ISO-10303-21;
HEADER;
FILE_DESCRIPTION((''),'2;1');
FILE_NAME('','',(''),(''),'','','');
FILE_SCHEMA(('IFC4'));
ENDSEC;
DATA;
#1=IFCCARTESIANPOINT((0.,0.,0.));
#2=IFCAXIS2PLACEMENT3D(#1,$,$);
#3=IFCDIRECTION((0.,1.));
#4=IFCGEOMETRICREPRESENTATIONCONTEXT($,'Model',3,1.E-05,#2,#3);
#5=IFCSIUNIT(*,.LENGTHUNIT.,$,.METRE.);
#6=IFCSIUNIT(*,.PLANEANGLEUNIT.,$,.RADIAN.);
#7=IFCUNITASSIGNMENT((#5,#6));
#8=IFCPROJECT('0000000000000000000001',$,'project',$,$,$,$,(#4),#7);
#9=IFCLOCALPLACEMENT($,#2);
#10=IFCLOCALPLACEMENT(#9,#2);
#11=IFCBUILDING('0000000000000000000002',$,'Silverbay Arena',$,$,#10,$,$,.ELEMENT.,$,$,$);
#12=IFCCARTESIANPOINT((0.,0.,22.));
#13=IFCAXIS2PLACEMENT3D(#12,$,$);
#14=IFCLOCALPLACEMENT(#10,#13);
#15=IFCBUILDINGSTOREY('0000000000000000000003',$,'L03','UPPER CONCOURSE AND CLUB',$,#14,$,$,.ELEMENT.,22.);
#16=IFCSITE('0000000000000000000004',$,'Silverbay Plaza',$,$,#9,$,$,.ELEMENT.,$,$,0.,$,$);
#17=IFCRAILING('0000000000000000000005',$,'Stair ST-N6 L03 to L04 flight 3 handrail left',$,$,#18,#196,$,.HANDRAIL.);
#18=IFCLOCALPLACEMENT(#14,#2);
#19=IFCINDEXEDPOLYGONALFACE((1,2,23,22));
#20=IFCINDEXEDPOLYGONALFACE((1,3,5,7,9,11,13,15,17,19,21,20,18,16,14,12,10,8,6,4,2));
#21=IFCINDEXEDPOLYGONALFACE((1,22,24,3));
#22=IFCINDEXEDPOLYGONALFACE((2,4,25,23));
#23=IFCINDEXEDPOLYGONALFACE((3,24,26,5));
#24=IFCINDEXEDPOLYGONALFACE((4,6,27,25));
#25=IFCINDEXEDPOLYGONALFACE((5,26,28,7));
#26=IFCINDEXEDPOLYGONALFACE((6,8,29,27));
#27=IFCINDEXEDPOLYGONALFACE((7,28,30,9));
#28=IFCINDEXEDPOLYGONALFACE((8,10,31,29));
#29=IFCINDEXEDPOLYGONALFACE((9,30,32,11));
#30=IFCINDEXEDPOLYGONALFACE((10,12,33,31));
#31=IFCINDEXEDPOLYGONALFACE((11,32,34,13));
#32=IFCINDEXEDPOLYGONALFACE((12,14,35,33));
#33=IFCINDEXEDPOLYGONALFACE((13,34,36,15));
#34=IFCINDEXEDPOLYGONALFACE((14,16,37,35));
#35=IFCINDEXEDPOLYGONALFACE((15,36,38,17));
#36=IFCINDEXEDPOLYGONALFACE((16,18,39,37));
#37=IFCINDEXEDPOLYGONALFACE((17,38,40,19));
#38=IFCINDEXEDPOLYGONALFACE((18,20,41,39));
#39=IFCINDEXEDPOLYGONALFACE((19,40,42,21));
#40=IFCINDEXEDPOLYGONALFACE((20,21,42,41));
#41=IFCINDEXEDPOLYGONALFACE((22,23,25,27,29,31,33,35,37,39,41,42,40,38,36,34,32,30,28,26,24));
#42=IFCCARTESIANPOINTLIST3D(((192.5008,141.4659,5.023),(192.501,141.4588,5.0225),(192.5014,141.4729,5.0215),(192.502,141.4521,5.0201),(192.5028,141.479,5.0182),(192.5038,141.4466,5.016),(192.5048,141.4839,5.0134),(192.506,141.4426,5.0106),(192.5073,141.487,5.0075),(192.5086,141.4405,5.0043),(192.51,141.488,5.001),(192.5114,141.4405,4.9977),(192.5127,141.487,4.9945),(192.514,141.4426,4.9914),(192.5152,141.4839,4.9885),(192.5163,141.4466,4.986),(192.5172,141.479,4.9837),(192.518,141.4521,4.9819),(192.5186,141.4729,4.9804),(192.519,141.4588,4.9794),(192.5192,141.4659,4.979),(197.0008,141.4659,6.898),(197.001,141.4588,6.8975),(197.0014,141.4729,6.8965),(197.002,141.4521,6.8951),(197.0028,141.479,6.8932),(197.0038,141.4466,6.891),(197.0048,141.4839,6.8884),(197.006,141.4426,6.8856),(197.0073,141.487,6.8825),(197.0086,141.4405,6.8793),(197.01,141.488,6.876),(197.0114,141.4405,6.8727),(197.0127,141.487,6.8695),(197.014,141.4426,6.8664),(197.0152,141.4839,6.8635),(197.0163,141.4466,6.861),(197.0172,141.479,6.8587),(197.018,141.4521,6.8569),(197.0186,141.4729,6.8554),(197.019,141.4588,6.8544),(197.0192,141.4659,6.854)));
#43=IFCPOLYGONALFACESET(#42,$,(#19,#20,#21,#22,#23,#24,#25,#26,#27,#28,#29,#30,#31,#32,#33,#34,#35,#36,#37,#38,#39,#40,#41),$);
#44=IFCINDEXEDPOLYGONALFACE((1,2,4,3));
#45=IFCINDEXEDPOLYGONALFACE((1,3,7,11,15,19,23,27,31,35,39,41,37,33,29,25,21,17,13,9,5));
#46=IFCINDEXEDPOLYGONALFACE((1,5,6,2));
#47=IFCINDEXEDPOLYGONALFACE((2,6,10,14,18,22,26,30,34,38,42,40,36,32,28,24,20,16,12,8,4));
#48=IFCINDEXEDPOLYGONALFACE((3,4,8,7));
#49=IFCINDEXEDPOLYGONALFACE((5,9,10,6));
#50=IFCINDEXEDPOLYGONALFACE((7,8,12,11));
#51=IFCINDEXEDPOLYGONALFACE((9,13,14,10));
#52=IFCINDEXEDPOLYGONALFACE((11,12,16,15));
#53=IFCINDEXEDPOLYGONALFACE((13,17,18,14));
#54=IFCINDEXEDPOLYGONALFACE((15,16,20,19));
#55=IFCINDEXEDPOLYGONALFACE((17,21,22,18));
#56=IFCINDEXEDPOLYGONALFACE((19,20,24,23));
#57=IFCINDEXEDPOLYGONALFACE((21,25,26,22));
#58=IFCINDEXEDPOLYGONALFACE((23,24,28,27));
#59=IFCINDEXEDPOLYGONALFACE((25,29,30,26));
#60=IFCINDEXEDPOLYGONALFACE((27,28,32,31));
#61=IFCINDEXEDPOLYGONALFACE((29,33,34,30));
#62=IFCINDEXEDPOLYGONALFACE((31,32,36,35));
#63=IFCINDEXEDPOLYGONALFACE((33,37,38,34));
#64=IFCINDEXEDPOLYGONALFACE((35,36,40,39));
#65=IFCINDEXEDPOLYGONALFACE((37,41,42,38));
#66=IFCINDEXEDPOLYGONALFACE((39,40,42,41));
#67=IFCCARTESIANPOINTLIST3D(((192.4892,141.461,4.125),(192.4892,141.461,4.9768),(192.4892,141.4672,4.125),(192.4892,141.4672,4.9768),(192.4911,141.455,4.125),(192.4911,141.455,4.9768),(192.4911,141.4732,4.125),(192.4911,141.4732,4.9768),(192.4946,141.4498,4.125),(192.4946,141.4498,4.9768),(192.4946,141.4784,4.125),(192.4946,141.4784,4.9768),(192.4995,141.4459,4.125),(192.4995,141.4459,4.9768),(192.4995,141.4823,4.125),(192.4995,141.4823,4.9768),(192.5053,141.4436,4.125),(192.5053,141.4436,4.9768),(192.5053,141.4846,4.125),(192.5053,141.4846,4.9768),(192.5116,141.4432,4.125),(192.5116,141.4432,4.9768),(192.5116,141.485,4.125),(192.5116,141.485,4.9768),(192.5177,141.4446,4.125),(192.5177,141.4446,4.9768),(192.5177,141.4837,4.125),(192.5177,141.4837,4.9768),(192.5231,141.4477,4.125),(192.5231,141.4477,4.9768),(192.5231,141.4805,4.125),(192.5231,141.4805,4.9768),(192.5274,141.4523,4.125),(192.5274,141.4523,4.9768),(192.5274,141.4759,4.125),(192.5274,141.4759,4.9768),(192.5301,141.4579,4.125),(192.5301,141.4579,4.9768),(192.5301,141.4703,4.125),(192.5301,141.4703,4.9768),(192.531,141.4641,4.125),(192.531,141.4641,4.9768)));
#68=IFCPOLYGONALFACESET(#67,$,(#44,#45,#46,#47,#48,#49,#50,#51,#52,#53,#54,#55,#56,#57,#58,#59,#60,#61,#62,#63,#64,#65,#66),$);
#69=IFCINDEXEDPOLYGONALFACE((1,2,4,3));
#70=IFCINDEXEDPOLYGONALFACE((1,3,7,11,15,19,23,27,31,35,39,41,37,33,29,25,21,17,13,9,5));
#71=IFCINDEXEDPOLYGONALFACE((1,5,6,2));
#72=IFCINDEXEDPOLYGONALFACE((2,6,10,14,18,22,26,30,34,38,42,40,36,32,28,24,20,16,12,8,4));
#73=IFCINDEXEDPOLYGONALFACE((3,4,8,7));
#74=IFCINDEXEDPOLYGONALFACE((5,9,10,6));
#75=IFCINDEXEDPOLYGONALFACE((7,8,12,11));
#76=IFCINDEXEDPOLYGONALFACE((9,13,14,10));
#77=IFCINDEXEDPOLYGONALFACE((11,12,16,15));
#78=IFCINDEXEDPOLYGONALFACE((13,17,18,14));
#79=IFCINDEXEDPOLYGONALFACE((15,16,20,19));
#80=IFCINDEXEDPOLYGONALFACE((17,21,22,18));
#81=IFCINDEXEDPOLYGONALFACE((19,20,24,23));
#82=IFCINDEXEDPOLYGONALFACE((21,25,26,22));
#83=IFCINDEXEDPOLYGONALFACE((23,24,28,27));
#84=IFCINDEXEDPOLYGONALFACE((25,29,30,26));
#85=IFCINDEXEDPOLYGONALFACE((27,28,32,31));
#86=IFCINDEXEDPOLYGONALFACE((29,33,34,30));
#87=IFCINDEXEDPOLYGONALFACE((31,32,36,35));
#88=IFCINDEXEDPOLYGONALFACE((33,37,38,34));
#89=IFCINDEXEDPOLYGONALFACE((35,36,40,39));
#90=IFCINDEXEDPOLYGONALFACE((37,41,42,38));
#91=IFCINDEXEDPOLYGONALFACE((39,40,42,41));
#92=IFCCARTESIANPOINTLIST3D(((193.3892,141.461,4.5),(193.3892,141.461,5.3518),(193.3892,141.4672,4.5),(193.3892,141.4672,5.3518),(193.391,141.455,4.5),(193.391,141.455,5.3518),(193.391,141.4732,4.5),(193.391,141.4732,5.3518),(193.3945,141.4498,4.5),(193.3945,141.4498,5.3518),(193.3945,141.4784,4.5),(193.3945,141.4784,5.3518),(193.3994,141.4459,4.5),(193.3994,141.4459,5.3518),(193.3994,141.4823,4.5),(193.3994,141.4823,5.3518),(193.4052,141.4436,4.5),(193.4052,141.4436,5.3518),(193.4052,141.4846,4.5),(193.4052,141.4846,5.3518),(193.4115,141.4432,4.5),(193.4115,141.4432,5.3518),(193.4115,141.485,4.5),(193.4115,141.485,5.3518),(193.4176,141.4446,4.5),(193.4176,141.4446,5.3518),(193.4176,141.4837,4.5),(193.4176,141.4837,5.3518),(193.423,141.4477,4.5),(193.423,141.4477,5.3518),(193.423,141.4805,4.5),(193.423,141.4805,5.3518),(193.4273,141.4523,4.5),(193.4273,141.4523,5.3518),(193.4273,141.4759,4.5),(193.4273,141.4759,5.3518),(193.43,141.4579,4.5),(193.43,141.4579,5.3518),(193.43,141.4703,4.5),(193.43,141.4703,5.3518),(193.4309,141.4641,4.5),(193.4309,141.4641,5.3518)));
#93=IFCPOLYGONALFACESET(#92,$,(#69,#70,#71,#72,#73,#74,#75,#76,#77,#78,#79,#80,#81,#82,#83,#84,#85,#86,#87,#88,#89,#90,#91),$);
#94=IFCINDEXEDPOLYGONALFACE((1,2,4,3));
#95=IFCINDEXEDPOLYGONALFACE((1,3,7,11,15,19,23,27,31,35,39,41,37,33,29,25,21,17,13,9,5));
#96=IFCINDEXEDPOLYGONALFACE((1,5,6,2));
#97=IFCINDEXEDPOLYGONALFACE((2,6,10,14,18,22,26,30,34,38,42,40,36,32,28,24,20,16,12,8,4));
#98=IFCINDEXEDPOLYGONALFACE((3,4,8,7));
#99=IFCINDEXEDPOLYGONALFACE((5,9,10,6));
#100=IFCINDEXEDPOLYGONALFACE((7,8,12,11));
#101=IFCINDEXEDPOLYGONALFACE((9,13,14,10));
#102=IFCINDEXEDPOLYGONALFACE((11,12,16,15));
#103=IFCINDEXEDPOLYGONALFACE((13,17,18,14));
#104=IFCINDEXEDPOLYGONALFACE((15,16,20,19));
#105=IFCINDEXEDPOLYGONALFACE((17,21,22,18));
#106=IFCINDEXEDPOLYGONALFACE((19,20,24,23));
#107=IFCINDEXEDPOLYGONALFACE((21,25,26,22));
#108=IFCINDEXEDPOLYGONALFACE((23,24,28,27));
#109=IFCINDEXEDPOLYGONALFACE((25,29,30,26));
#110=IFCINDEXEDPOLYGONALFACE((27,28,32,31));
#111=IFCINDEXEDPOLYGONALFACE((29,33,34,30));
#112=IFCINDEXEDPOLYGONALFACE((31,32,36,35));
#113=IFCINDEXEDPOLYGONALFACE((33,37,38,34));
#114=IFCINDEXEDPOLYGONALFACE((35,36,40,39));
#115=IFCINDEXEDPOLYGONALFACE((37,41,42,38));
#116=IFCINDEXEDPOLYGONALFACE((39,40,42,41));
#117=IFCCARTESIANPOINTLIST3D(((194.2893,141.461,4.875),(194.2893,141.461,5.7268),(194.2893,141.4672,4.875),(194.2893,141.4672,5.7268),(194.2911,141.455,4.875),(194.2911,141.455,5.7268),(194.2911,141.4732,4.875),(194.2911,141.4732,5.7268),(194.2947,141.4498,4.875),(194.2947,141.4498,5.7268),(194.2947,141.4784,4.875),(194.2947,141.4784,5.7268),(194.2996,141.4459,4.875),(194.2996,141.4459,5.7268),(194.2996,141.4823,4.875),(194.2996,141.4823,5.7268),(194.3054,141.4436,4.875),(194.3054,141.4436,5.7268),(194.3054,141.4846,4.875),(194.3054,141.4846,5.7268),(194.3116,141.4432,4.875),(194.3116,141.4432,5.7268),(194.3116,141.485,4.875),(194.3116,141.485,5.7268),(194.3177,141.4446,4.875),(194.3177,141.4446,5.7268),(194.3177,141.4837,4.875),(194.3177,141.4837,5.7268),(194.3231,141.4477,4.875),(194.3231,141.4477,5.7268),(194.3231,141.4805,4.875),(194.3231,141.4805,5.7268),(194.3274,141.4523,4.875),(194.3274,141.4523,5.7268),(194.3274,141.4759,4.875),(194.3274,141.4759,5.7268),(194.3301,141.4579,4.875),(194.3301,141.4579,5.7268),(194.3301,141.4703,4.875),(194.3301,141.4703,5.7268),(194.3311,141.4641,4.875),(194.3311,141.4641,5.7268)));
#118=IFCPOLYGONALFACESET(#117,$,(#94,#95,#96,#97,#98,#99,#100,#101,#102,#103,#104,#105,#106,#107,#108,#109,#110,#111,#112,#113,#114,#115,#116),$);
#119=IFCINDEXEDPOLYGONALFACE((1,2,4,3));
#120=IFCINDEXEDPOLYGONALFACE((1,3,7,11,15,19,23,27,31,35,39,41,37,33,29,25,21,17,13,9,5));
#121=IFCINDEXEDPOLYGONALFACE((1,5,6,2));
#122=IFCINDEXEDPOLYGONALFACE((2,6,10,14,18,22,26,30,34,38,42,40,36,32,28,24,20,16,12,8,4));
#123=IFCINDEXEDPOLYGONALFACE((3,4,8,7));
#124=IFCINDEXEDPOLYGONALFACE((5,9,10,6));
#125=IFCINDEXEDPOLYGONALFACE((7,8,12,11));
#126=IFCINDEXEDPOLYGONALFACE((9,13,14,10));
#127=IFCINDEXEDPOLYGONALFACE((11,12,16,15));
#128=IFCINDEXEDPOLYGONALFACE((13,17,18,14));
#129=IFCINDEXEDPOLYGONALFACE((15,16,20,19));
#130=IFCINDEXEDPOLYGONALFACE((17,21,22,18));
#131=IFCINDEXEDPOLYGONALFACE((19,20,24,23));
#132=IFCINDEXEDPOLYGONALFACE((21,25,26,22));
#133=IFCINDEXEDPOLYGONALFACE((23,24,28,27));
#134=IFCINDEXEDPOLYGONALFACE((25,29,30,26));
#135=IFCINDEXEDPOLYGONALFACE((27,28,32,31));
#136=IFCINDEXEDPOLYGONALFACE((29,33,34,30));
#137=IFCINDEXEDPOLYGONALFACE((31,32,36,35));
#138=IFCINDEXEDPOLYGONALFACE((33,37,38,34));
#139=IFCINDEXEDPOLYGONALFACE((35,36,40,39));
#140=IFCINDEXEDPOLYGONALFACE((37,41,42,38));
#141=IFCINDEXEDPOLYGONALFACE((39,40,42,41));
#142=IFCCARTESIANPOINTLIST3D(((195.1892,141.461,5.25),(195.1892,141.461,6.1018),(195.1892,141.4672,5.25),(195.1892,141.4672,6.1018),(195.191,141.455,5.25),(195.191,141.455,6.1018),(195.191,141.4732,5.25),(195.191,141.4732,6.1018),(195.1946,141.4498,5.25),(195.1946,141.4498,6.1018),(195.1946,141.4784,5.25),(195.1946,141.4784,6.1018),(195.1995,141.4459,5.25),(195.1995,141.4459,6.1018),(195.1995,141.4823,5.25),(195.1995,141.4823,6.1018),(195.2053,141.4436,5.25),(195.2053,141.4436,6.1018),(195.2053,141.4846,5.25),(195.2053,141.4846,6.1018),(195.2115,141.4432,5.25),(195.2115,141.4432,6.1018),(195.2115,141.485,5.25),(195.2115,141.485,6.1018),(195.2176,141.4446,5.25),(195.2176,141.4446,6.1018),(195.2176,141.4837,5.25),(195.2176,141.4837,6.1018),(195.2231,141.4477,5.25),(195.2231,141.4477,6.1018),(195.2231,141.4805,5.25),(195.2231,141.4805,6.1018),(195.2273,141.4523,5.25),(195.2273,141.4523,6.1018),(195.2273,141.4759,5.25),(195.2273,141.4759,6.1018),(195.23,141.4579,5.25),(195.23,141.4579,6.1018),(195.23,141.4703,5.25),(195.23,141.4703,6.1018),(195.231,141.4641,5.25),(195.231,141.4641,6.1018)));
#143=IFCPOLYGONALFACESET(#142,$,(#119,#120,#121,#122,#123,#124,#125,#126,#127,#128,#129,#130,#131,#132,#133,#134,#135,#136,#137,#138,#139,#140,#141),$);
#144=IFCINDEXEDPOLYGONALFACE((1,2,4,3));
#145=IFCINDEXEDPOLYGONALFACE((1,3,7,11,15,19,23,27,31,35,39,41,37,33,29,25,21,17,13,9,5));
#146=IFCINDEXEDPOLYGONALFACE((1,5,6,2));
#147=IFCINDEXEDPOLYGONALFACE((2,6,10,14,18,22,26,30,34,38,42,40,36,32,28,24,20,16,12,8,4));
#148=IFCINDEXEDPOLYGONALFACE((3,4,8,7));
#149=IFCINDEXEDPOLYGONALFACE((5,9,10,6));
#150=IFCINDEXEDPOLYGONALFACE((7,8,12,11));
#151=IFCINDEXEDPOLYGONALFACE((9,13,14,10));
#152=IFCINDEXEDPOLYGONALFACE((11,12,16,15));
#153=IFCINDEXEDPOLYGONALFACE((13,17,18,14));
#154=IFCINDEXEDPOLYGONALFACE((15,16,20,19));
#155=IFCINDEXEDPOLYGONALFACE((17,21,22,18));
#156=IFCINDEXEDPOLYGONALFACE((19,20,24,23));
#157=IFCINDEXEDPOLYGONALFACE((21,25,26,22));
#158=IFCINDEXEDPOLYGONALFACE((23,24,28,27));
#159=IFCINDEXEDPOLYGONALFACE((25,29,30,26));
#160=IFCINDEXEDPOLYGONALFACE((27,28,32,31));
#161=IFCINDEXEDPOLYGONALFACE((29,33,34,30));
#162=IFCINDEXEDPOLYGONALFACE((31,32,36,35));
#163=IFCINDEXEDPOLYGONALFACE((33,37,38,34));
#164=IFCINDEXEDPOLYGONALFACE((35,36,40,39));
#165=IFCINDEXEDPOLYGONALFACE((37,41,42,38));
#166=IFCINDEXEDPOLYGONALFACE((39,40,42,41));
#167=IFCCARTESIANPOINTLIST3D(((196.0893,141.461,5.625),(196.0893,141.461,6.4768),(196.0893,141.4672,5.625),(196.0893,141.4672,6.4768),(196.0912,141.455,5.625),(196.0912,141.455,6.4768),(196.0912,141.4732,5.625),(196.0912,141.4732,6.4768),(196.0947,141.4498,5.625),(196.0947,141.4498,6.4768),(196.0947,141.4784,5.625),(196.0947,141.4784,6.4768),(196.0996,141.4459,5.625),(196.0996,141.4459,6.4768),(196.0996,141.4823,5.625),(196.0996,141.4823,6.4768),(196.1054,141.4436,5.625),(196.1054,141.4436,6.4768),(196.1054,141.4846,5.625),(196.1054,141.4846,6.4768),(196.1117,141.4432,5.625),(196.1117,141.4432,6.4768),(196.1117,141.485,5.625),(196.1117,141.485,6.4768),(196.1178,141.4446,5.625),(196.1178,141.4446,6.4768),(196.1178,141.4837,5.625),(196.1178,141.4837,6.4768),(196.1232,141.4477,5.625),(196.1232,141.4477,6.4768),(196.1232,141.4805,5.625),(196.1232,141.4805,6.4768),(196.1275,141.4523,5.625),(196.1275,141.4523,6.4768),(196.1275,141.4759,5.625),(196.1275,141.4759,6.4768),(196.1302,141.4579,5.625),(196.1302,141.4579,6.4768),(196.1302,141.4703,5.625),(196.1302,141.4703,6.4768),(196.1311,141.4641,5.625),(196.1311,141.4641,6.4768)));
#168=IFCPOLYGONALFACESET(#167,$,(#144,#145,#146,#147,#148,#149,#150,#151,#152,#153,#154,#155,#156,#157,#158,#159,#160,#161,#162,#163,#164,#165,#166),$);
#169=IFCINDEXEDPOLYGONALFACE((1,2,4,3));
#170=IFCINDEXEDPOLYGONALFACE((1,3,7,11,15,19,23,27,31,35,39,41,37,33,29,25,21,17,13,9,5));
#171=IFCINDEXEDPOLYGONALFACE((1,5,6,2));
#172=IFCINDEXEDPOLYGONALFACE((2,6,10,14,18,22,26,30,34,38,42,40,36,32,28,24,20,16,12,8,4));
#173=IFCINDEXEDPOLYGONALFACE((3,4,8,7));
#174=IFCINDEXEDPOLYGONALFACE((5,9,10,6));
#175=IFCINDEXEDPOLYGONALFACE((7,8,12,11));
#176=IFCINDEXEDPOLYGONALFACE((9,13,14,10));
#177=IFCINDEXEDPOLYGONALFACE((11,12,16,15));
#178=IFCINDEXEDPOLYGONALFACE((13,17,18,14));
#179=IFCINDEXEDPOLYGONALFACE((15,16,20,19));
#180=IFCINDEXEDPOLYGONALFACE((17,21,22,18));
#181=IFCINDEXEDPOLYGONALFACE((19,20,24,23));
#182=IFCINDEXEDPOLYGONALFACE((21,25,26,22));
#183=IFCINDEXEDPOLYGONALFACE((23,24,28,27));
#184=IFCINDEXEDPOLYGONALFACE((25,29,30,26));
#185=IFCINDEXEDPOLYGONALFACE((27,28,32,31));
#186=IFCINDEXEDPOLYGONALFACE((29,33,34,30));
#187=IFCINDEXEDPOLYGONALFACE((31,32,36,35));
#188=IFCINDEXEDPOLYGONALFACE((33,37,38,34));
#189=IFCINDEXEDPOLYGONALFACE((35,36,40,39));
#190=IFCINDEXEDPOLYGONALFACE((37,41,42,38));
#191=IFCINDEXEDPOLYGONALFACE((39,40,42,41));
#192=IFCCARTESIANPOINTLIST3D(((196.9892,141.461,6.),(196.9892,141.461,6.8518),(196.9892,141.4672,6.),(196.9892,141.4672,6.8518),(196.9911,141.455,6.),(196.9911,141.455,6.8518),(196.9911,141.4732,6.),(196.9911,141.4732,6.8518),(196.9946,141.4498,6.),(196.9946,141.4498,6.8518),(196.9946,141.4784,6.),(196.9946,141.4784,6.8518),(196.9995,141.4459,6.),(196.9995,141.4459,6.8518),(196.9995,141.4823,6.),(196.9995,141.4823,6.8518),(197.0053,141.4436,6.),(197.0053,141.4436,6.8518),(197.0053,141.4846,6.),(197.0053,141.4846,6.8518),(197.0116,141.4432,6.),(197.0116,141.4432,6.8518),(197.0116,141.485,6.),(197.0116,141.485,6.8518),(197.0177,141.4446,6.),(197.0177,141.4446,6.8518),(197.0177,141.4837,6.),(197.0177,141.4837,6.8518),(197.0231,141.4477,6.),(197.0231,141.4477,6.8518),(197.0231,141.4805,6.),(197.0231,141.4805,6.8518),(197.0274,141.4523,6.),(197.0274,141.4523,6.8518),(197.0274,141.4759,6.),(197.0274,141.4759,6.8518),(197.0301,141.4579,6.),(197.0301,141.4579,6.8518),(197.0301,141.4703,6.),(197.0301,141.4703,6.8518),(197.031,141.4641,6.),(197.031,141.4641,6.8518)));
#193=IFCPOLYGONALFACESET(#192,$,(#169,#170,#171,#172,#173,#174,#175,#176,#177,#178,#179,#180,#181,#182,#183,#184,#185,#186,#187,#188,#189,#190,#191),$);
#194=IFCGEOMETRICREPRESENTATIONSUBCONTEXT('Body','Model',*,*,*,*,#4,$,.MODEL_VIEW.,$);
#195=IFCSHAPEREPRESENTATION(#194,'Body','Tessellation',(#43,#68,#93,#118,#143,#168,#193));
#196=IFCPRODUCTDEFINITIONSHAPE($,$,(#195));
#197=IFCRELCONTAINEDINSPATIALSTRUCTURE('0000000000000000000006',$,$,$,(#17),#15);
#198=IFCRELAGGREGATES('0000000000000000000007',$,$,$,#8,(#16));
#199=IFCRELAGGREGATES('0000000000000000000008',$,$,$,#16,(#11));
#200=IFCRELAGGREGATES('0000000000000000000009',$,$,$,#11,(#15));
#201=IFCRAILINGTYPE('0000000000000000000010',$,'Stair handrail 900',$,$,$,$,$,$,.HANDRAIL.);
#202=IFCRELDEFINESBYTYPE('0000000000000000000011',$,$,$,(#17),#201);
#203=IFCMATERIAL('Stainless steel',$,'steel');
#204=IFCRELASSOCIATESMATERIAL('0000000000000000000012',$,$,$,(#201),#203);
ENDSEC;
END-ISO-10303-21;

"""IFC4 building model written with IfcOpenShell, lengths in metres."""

from ifc_helpers import new_model, si_unit, direction, frame, origin, origin_2d, place, context, subcontext, project, spatial, circle, extrude, material, type_object, element, save


model = new_model("IFC4")

# Units and contexts
model_context = context("Model", 3, precision=1e-05, world=origin(), true_north=direction((0.0, 1.0)))
body_context = subcontext(model_context, "Body", "Model", "MODEL_VIEW")
ifc_project = project(units=[si_unit("LENGTHUNIT", "METRE"), si_unit("PLANEANGLEUNIT", "RADIAN")], contexts=[model_context])

# Site, building, storey
site_placement = place(None, origin())
site = spatial("IfcSite", under=ifc_project, at=site_placement, Name="Silverbay Plaza", CompositionType="ELEMENT", RefElevation=0.0)
building_placement = place(site_placement, origin())
building = spatial("IfcBuilding", under=site, at=building_placement, Name="Silverbay Arena", CompositionType="ELEMENT")
storey_placement = place(building_placement, frame((0.0, 0.0, 22.0)))
storey = spatial("IfcBuildingStorey", under=building, at=storey_placement, Name="L03", Description="UPPER CONCOURSE AND CLUB", CompositionType="ELEMENT", Elevation=22.0)

# Railing
ifc_material_1 = material(Name="Stainless steel", Category="steel")
railing_type_1 = type_object("IfcRailingType", Name="Stair handrail 900", PredefinedType="HANDRAIL", material=ifc_material_1)
for number, where, name in (
    (1, (192.51, 141.4641, 4.125), "Stair ST-N6 L03 to L04 flight 3 handrail left"),
):
    element("IfcRailing", number, at=place(storey_placement, frame(where)), inside=storey, type_object=railing_type_1, Name=name, PredefinedType="HANDRAIL", context=body_context, shape_type="SweptSolid", body=[
        extrude(circle(Radius=0.0239, at=origin_2d()), frame((0.0, 0.0, 0.876), z_axis=(0.923077, 0.0, 0.384615), x_axis=(0.0, 1.0, 0.0)), (0.0, 0.0, 1.0), 4.875),
        extrude(circle(Radius=0.021, at=origin_2d()), origin(), (0.0, 0.0, 1.0), 0.8518),
        extrude(circle(Radius=0.021, at=origin_2d()), frame((0.8999, 0.0, 0.375)), (0.0, 0.0, 1.0), 0.8518),
        extrude(circle(Radius=0.021, at=origin_2d()), frame((1.8, 0.0, 0.75)), (0.0, 0.0, 1.0), 0.8518),
        extrude(circle(Radius=0.021, at=origin_2d()), frame((2.7, 0.0, 1.125)), (0.0, 0.0, 1.0), 0.8518),
        extrude(circle(Radius=0.021, at=origin_2d()), frame((3.6001, 0.0, 1.5)), (0.0, 0.0, 1.0), 0.8518),
        extrude(circle(Radius=0.021, at=origin_2d()), frame((4.5, 0.0, 1.875)), (0.0, 0.0, 1.0), 0.8518),
    ])

save(model, "model.ifc")
